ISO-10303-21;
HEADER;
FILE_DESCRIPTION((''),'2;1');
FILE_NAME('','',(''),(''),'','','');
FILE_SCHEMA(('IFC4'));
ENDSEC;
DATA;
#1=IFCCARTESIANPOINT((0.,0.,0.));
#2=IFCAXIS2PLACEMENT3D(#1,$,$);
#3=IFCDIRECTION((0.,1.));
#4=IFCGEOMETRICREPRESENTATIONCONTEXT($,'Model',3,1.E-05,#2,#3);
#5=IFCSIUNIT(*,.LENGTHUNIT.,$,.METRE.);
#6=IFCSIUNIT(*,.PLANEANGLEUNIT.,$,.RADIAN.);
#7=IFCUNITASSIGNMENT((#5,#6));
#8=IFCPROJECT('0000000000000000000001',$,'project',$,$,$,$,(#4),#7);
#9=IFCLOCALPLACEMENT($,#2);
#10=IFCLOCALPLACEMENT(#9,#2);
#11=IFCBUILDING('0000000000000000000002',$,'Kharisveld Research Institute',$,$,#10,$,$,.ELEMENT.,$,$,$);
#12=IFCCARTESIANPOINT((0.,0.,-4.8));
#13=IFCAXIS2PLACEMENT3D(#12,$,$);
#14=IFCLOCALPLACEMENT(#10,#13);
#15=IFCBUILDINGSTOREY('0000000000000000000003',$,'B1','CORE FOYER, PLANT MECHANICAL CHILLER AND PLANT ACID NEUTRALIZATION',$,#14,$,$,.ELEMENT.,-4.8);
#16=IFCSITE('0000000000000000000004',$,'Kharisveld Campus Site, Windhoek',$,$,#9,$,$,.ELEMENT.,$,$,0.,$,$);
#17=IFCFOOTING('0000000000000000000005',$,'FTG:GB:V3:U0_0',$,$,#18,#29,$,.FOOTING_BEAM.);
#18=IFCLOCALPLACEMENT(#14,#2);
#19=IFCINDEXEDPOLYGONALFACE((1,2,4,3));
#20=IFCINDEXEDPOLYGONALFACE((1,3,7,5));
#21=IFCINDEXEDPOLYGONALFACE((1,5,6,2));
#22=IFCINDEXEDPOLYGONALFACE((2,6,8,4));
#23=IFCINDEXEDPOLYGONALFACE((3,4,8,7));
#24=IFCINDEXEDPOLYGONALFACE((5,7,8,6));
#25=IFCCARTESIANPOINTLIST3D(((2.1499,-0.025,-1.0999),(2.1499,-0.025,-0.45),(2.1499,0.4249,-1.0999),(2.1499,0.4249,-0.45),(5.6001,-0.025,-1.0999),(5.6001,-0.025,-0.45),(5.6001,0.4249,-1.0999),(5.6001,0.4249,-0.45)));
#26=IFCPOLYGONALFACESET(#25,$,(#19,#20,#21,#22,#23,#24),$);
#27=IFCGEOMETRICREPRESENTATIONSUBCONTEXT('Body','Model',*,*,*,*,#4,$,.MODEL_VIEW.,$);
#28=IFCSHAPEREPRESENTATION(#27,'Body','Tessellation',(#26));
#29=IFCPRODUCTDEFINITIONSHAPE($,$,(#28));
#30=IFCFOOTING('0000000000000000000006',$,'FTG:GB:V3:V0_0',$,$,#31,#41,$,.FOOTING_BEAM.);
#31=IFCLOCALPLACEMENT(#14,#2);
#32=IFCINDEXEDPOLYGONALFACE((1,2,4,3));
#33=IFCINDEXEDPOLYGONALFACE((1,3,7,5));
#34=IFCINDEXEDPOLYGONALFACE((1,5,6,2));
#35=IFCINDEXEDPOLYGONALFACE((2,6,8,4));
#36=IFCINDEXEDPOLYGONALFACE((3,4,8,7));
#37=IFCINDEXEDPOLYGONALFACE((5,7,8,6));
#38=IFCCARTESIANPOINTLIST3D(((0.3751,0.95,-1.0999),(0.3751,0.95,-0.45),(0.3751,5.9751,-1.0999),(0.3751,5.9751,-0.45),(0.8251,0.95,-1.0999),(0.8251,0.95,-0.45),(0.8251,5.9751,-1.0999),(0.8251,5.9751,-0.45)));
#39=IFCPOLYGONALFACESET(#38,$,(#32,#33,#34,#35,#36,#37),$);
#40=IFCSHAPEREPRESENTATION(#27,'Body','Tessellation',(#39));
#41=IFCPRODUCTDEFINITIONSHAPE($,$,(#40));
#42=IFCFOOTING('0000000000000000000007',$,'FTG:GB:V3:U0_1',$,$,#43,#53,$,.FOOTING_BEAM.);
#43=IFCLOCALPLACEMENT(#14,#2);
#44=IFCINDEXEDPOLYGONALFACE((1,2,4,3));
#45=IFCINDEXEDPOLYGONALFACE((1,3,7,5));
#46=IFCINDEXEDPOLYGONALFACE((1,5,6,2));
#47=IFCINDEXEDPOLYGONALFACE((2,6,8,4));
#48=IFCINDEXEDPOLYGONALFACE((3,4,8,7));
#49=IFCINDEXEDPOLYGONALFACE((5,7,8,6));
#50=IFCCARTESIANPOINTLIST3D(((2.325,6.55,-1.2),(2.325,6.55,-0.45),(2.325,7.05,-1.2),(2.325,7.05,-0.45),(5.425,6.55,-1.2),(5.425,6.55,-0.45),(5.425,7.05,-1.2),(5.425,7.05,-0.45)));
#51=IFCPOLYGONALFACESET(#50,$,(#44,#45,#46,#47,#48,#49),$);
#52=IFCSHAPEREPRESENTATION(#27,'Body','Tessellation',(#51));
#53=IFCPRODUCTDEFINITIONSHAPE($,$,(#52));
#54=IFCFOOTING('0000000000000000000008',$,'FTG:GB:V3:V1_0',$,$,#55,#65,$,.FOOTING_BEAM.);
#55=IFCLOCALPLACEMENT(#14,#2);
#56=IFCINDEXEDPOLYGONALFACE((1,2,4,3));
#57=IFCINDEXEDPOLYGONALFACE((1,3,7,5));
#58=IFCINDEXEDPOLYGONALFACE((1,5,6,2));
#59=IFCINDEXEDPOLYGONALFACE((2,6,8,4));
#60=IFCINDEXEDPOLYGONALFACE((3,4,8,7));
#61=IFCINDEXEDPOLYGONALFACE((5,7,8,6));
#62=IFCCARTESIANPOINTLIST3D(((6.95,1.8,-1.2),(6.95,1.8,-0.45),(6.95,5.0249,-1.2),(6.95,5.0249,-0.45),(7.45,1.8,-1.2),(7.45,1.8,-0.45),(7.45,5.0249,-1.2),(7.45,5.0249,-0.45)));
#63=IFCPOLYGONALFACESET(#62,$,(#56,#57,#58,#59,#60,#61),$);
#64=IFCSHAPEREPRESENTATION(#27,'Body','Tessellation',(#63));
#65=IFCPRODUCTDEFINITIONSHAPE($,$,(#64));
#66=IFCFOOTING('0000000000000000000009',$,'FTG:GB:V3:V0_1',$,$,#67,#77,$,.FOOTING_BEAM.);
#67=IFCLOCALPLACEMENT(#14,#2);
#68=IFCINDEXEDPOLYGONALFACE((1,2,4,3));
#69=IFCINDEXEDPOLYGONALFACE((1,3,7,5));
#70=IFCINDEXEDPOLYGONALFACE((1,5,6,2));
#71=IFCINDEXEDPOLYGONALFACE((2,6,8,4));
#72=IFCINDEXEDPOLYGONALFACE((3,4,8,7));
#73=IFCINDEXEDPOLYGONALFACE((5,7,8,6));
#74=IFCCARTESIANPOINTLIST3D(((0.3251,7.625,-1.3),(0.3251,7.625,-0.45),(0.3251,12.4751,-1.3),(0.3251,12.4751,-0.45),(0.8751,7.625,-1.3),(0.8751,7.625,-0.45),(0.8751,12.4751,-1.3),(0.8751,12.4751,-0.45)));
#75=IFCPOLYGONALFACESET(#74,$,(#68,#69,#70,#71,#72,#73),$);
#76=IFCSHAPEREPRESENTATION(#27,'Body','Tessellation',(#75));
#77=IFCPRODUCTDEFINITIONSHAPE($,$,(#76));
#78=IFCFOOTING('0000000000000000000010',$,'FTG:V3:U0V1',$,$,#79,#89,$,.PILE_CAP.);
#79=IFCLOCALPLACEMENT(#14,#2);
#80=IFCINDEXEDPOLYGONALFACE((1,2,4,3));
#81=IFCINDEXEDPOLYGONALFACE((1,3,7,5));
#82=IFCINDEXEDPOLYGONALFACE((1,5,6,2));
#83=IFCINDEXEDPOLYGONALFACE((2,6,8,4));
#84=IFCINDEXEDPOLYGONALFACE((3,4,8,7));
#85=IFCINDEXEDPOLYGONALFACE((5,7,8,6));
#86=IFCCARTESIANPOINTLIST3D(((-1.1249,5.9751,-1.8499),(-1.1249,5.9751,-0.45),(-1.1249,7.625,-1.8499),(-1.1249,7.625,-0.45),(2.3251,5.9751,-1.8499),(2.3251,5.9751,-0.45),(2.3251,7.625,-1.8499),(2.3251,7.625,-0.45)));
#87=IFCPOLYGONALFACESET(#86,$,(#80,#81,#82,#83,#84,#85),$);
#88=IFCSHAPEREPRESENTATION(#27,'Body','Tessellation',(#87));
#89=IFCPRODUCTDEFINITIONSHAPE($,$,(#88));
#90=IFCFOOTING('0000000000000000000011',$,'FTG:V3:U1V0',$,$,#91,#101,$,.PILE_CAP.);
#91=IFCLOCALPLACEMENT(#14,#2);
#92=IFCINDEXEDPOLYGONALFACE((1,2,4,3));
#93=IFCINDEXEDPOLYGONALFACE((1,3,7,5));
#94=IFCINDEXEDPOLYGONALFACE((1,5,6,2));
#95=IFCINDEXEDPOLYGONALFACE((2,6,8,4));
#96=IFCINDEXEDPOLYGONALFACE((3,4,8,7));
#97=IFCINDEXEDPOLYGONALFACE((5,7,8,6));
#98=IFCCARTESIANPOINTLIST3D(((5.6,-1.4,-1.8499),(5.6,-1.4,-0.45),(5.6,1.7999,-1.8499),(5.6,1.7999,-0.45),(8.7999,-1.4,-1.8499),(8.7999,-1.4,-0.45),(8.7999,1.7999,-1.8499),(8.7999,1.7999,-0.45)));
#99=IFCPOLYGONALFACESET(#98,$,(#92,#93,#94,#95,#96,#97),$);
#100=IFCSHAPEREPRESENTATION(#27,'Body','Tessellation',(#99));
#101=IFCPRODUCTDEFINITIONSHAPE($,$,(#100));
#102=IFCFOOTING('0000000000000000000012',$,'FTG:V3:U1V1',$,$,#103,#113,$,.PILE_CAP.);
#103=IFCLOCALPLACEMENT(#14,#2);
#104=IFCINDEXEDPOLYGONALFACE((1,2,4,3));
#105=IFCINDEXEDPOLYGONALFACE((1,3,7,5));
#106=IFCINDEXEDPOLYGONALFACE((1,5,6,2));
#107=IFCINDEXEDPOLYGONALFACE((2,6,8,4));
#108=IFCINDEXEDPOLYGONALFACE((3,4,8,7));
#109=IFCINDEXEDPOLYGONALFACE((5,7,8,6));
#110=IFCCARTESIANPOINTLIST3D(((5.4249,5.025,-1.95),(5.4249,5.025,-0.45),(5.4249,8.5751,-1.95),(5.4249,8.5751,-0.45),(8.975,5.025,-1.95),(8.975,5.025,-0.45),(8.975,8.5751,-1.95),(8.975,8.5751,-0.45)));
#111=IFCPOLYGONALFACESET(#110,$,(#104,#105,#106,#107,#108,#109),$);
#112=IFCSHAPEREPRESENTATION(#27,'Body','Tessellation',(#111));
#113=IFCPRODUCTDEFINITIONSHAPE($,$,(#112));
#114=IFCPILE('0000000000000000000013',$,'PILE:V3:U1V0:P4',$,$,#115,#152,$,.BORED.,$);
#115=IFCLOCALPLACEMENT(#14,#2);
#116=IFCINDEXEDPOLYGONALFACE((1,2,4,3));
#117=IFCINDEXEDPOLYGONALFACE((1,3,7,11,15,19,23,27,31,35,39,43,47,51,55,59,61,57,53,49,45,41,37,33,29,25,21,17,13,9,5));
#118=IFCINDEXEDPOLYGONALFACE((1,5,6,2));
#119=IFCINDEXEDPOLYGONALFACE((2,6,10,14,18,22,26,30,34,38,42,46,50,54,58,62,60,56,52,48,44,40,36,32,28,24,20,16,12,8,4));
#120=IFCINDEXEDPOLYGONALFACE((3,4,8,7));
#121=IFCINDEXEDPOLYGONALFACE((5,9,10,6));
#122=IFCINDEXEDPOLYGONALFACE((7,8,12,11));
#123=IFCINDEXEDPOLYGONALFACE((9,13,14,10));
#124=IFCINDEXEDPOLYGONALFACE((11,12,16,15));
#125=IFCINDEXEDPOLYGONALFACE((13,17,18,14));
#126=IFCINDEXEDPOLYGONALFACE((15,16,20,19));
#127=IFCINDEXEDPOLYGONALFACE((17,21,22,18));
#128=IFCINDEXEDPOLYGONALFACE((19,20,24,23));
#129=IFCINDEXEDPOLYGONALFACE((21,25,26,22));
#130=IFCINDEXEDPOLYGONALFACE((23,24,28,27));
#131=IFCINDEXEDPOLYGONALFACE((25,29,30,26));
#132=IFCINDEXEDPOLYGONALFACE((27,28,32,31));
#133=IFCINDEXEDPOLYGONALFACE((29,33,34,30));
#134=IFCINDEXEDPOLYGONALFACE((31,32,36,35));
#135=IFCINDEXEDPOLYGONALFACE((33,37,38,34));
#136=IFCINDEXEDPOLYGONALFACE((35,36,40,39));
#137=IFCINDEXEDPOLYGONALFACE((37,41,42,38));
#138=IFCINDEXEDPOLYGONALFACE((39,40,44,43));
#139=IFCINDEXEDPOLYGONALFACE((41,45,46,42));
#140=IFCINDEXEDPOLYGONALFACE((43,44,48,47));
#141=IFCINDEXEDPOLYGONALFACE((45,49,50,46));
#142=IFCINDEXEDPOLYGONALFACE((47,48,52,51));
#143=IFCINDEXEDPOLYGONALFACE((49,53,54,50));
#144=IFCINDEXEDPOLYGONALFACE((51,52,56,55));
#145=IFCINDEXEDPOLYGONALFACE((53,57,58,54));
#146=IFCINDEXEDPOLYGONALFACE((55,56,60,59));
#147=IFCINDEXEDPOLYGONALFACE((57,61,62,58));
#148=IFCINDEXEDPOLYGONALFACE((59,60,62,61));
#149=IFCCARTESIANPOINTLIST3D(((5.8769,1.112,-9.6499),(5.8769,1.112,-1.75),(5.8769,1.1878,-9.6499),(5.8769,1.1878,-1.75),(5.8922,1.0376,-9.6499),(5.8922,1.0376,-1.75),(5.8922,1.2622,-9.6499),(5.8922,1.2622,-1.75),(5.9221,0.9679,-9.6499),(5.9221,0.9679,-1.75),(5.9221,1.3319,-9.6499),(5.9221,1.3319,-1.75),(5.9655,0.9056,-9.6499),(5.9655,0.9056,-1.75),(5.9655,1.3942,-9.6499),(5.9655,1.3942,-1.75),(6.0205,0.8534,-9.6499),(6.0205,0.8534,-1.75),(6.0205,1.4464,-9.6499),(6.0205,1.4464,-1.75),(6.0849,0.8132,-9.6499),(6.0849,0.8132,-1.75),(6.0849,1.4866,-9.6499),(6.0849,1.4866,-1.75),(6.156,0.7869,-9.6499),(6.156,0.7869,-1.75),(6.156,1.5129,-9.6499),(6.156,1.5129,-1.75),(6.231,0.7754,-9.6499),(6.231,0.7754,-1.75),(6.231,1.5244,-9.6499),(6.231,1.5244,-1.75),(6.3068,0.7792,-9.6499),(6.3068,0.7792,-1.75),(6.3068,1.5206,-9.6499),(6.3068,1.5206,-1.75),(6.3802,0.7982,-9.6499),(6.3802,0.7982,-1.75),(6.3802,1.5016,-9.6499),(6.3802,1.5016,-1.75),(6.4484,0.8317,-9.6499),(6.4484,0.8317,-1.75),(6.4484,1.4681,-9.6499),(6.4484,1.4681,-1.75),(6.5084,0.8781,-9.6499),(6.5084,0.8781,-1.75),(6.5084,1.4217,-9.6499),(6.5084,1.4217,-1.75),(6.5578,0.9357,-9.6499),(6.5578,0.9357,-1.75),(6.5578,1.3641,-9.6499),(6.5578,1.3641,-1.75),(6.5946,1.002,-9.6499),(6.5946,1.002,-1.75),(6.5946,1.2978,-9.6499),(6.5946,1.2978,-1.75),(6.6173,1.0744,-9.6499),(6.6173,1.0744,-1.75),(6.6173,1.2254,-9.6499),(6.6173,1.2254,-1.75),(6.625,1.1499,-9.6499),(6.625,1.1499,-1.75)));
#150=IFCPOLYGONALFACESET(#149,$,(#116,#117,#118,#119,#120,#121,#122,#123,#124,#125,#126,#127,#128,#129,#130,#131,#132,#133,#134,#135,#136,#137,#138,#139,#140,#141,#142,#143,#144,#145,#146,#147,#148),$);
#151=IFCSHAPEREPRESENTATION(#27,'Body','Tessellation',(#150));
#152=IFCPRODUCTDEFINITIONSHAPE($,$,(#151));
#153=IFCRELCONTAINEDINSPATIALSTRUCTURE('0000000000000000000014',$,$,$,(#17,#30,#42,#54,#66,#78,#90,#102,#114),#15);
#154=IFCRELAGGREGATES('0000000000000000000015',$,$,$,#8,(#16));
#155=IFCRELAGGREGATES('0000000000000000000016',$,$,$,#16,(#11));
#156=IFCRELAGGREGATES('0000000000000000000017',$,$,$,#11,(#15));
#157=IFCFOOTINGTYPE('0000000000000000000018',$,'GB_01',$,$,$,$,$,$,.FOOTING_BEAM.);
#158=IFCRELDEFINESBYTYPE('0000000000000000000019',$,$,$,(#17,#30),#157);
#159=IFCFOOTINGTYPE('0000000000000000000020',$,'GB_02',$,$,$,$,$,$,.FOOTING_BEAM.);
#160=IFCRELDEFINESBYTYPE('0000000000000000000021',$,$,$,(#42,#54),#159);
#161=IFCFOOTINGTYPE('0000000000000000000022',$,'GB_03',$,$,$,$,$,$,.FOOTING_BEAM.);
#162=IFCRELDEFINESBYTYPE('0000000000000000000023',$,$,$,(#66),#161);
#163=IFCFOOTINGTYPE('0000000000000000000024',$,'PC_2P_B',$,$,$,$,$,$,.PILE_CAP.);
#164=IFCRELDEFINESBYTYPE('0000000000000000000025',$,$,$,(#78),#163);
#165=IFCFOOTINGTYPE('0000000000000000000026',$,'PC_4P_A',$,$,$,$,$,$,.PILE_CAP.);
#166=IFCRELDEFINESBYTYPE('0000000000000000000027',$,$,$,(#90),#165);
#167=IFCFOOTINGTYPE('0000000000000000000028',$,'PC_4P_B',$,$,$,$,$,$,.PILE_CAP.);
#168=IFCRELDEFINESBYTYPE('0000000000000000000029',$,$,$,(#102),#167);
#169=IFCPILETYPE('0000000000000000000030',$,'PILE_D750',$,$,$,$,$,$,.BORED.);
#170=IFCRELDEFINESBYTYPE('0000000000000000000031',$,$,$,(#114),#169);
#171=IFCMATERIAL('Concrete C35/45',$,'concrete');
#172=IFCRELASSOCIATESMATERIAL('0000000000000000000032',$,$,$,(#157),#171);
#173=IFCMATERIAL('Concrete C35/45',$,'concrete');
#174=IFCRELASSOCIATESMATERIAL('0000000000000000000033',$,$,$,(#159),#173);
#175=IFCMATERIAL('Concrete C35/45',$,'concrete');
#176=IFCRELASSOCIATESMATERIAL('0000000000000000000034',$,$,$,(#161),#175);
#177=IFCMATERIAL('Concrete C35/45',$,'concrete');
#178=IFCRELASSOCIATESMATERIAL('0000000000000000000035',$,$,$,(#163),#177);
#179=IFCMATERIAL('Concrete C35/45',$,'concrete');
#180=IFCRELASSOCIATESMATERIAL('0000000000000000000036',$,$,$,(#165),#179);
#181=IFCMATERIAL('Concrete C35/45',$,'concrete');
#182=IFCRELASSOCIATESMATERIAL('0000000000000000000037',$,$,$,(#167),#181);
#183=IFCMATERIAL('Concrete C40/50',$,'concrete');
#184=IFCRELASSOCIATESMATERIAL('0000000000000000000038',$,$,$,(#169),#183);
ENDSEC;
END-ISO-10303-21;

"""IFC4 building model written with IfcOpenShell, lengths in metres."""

from ifc_helpers import new_model, si_unit, direction, frame, origin, origin_2d, place, context, subcontext, project, spatial, rectangle, circle, extrude, material, material_profile, profile_set, type_object, element, save


model = new_model("IFC4")

# Units and contexts
model_context = context("Model", 3, precision=1e-05, world=origin(), true_north=direction((0.0, 1.0)))
body_context = subcontext(model_context, "Body", "Model", "MODEL_VIEW")
ifc_project = project(units=[si_unit("LENGTHUNIT", "METRE"), si_unit("PLANEANGLEUNIT", "RADIAN")], contexts=[model_context])

# Site, building, storey
site_placement = place(None, origin())
site = spatial("IfcSite", under=ifc_project, at=site_placement, Name="Kharisveld Campus Site, Windhoek", CompositionType="ELEMENT", RefElevation=0.0)
building_placement = place(site_placement, origin())
building = spatial("IfcBuilding", under=site, at=building_placement, Name="Kharisveld Research Institute", CompositionType="ELEMENT")
storey_placement = place(building_placement, frame((0.0, 0.0, -4.8)))
storey = spatial("IfcBuildingStorey", under=building, at=storey_placement, Name="B1", Description="CORE FOYER, PLANT MECHANICAL CHILLER AND PLANT ACID NEUTRALIZATION", CompositionType="ELEMENT", Elevation=-4.8)

# Footings
ifc_material_1 = material(Name="Concrete C35/45", Category="concrete")
ifc_material_profile_1 = material_profile(ifc_material_1, rectangle(XDim=0.45, YDim=0.6499, at=origin_2d()))
ifc_profile_set_1 = profile_set([ifc_material_profile_1], Name="Concrete C35/45")
footing_type_1 = type_object("IfcFootingType", Name="GB_01", PredefinedType="FOOTING_BEAM", material=ifc_profile_set_1)
footing_1_placement = place(storey_placement, frame((2.1499, 0.2, -0.7749), z_axis=(1.0, 0.0, 0.0), x_axis=(0.0, 1.0, 0.0)))
element("IfcFooting", 1, at=footing_1_placement, inside=storey, type_object=footing_type_1, Name="FTG:GB:V3:U0_0", PredefinedType="FOOTING_BEAM", context=body_context, shape_type="SweptSolid", body=[
    extrude(rectangle(XDim=0.45, YDim=0.6499, at=origin_2d()), origin(), (0.0, 0.0, 1.0), 3.4502),
])
footing_2_placement = place(storey_placement, frame((0.6001, 0.95, -0.7749), z_axis=(0.0, 1.0, 0.0), x_axis=(-1.0, 0.0, 0.0)))
element("IfcFooting", 2, at=footing_2_placement, inside=storey, type_object=footing_type_1, Name="FTG:GB:V3:V0_0", PredefinedType="FOOTING_BEAM", context=body_context, shape_type="SweptSolid", body=[
    extrude(rectangle(XDim=0.45, YDim=0.6499, at=origin_2d()), origin(), (0.0, 0.0, 1.0), 5.0251),
])
ifc_material_2 = material(Name="Concrete C35/45", Category="concrete")
ifc_material_profile_2 = material_profile(ifc_material_2, rectangle(XDim=0.5, YDim=0.75, at=origin_2d()))
ifc_profile_set_2 = profile_set([ifc_material_profile_2], Name="Concrete C35/45")
footing_type_2 = type_object("IfcFootingType", Name="GB_02", PredefinedType="FOOTING_BEAM", material=ifc_profile_set_2)
footing_3_placement = place(storey_placement, frame((2.325, 6.8, -0.825), z_axis=(1.0, 0.0, 0.0), x_axis=(0.0, 1.0, 0.0)))
element("IfcFooting", 3, at=footing_3_placement, inside=storey, type_object=footing_type_2, Name="FTG:GB:V3:U0_1", PredefinedType="FOOTING_BEAM", context=body_context, shape_type="SweptSolid", body=[
    extrude(rectangle(XDim=0.5, YDim=0.75, at=origin_2d()), origin(), (0.0, 0.0, 1.0), 3.1001),
])
footing_4_placement = place(storey_placement, frame((7.2, 1.8, -0.825), z_axis=(0.0, 1.0, 0.0), x_axis=(-1.0, 0.0, 0.0)))
element("IfcFooting", 4, at=footing_4_placement, inside=storey, type_object=footing_type_2, Name="FTG:GB:V3:V1_0", PredefinedType="FOOTING_BEAM", context=body_context, shape_type="SweptSolid", body=[
    extrude(rectangle(XDim=0.5, YDim=0.75, at=origin_2d()), origin(), (0.0, 0.0, 1.0), 3.2249),
])
ifc_material_3 = material(Name="Concrete C35/45", Category="concrete")
ifc_material_profile_3 = material_profile(ifc_material_3, rectangle(XDim=0.55, YDim=0.8501, at=origin_2d()))
ifc_profile_set_3 = profile_set([ifc_material_profile_3], Name="Concrete C35/45")
footing_type_3 = type_object("IfcFootingType", Name="GB_03", PredefinedType="FOOTING_BEAM", material=ifc_profile_set_3)
footing_5_placement = place(storey_placement, frame((0.6001, 7.625, -0.875), z_axis=(0.0, 1.0, 0.0), x_axis=(-1.0, 0.0, 0.0)))
element("IfcFooting", 5, at=footing_5_placement, inside=storey, type_object=footing_type_3, Name="FTG:GB:V3:V0_1", PredefinedType="FOOTING_BEAM", context=body_context, shape_type="SweptSolid", body=[
    extrude(rectangle(XDim=0.55, YDim=0.8501, at=origin_2d()), origin(), (0.0, 0.0, 1.0), 4.8501),
])
ifc_material_4 = material(Name="Concrete C35/45", Category="concrete")
footing_type_4 = type_object("IfcFootingType", Name="PC_2P_B", PredefinedType="PILE_CAP", material=ifc_material_4)
footing_6_placement = place(storey_placement, frame((0.6001, 6.8, -1.8499), z_axis=(0.0, 0.0, 1.0), x_axis=(1.0, 0.0, 0.0)))
element("IfcFooting", 6, at=footing_6_placement, inside=storey, type_object=footing_type_4, Name="FTG:V3:U0V1", PredefinedType="PILE_CAP", context=body_context, shape_type="SweptSolid", body=[
    extrude(rectangle(XDim=3.45, YDim=1.6499, at=origin_2d()), origin(), (0.0, 0.0, 1.0), 1.3999),
])
ifc_material_5 = material(Name="Concrete C35/45", Category="concrete")
footing_type_5 = type_object("IfcFootingType", Name="PC_4P_A", PredefinedType="PILE_CAP", material=ifc_material_5)
footing_7_placement = place(storey_placement, frame((7.2, 0.2, -1.8499), z_axis=(0.0, 0.0, 1.0), x_axis=(1.0, 0.0, 0.0)))
element("IfcFooting", 7, at=footing_7_placement, inside=storey, type_object=footing_type_5, Name="FTG:V3:U1V0", PredefinedType="PILE_CAP", context=body_context, shape_type="SweptSolid", body=[
    extrude(rectangle(XDim=3.2, YDim=3.2, at=origin_2d()), origin(), (0.0, 0.0, 1.0), 1.3999),
])
ifc_material_6 = material(Name="Concrete C35/45", Category="concrete")
footing_type_6 = type_object("IfcFootingType", Name="PC_4P_B", PredefinedType="PILE_CAP", material=ifc_material_6)
footing_8_placement = place(storey_placement, frame((7.2, 6.8, -1.95), z_axis=(0.0, 0.0, 1.0), x_axis=(1.0, 0.0, 0.0)))
element("IfcFooting", 8, at=footing_8_placement, inside=storey, type_object=footing_type_6, Name="FTG:V3:U1V1", PredefinedType="PILE_CAP", context=body_context, shape_type="SweptSolid", body=[
    extrude(rectangle(XDim=3.55, YDim=3.55, at=origin_2d()), origin(), (0.0, 0.0, 1.0), 1.5),
])

# Pile
ifc_material_7 = material(Name="Concrete C40/50", Category="concrete")
ifc_material_profile_4 = material_profile(ifc_material_7, circle(Radius=0.375, at=origin_2d()))
ifc_profile_set_4 = profile_set([ifc_material_profile_4], Name="Concrete C40/50")
pile_type_1 = type_object("IfcPileType", Name="PILE_D750", PredefinedType="BORED", material=ifc_profile_set_4)
pile_1_placement = place(storey_placement, frame((6.25, 1.1499, -1.75), z_axis=(0.0, 0.0, -1.0), x_axis=(1.0, 0.0, 0.0)))
element("IfcPile", 9, at=pile_1_placement, inside=storey, type_object=pile_type_1, Name="PILE:V3:U1V0:P4", PredefinedType="BORED", context=body_context, shape_type="SweptSolid", body=[
    extrude(circle(Radius=0.375, at=origin_2d()), origin(), (0.0, 0.0, 1.0), 7.8999),
])

save(model, "model.ifc")
